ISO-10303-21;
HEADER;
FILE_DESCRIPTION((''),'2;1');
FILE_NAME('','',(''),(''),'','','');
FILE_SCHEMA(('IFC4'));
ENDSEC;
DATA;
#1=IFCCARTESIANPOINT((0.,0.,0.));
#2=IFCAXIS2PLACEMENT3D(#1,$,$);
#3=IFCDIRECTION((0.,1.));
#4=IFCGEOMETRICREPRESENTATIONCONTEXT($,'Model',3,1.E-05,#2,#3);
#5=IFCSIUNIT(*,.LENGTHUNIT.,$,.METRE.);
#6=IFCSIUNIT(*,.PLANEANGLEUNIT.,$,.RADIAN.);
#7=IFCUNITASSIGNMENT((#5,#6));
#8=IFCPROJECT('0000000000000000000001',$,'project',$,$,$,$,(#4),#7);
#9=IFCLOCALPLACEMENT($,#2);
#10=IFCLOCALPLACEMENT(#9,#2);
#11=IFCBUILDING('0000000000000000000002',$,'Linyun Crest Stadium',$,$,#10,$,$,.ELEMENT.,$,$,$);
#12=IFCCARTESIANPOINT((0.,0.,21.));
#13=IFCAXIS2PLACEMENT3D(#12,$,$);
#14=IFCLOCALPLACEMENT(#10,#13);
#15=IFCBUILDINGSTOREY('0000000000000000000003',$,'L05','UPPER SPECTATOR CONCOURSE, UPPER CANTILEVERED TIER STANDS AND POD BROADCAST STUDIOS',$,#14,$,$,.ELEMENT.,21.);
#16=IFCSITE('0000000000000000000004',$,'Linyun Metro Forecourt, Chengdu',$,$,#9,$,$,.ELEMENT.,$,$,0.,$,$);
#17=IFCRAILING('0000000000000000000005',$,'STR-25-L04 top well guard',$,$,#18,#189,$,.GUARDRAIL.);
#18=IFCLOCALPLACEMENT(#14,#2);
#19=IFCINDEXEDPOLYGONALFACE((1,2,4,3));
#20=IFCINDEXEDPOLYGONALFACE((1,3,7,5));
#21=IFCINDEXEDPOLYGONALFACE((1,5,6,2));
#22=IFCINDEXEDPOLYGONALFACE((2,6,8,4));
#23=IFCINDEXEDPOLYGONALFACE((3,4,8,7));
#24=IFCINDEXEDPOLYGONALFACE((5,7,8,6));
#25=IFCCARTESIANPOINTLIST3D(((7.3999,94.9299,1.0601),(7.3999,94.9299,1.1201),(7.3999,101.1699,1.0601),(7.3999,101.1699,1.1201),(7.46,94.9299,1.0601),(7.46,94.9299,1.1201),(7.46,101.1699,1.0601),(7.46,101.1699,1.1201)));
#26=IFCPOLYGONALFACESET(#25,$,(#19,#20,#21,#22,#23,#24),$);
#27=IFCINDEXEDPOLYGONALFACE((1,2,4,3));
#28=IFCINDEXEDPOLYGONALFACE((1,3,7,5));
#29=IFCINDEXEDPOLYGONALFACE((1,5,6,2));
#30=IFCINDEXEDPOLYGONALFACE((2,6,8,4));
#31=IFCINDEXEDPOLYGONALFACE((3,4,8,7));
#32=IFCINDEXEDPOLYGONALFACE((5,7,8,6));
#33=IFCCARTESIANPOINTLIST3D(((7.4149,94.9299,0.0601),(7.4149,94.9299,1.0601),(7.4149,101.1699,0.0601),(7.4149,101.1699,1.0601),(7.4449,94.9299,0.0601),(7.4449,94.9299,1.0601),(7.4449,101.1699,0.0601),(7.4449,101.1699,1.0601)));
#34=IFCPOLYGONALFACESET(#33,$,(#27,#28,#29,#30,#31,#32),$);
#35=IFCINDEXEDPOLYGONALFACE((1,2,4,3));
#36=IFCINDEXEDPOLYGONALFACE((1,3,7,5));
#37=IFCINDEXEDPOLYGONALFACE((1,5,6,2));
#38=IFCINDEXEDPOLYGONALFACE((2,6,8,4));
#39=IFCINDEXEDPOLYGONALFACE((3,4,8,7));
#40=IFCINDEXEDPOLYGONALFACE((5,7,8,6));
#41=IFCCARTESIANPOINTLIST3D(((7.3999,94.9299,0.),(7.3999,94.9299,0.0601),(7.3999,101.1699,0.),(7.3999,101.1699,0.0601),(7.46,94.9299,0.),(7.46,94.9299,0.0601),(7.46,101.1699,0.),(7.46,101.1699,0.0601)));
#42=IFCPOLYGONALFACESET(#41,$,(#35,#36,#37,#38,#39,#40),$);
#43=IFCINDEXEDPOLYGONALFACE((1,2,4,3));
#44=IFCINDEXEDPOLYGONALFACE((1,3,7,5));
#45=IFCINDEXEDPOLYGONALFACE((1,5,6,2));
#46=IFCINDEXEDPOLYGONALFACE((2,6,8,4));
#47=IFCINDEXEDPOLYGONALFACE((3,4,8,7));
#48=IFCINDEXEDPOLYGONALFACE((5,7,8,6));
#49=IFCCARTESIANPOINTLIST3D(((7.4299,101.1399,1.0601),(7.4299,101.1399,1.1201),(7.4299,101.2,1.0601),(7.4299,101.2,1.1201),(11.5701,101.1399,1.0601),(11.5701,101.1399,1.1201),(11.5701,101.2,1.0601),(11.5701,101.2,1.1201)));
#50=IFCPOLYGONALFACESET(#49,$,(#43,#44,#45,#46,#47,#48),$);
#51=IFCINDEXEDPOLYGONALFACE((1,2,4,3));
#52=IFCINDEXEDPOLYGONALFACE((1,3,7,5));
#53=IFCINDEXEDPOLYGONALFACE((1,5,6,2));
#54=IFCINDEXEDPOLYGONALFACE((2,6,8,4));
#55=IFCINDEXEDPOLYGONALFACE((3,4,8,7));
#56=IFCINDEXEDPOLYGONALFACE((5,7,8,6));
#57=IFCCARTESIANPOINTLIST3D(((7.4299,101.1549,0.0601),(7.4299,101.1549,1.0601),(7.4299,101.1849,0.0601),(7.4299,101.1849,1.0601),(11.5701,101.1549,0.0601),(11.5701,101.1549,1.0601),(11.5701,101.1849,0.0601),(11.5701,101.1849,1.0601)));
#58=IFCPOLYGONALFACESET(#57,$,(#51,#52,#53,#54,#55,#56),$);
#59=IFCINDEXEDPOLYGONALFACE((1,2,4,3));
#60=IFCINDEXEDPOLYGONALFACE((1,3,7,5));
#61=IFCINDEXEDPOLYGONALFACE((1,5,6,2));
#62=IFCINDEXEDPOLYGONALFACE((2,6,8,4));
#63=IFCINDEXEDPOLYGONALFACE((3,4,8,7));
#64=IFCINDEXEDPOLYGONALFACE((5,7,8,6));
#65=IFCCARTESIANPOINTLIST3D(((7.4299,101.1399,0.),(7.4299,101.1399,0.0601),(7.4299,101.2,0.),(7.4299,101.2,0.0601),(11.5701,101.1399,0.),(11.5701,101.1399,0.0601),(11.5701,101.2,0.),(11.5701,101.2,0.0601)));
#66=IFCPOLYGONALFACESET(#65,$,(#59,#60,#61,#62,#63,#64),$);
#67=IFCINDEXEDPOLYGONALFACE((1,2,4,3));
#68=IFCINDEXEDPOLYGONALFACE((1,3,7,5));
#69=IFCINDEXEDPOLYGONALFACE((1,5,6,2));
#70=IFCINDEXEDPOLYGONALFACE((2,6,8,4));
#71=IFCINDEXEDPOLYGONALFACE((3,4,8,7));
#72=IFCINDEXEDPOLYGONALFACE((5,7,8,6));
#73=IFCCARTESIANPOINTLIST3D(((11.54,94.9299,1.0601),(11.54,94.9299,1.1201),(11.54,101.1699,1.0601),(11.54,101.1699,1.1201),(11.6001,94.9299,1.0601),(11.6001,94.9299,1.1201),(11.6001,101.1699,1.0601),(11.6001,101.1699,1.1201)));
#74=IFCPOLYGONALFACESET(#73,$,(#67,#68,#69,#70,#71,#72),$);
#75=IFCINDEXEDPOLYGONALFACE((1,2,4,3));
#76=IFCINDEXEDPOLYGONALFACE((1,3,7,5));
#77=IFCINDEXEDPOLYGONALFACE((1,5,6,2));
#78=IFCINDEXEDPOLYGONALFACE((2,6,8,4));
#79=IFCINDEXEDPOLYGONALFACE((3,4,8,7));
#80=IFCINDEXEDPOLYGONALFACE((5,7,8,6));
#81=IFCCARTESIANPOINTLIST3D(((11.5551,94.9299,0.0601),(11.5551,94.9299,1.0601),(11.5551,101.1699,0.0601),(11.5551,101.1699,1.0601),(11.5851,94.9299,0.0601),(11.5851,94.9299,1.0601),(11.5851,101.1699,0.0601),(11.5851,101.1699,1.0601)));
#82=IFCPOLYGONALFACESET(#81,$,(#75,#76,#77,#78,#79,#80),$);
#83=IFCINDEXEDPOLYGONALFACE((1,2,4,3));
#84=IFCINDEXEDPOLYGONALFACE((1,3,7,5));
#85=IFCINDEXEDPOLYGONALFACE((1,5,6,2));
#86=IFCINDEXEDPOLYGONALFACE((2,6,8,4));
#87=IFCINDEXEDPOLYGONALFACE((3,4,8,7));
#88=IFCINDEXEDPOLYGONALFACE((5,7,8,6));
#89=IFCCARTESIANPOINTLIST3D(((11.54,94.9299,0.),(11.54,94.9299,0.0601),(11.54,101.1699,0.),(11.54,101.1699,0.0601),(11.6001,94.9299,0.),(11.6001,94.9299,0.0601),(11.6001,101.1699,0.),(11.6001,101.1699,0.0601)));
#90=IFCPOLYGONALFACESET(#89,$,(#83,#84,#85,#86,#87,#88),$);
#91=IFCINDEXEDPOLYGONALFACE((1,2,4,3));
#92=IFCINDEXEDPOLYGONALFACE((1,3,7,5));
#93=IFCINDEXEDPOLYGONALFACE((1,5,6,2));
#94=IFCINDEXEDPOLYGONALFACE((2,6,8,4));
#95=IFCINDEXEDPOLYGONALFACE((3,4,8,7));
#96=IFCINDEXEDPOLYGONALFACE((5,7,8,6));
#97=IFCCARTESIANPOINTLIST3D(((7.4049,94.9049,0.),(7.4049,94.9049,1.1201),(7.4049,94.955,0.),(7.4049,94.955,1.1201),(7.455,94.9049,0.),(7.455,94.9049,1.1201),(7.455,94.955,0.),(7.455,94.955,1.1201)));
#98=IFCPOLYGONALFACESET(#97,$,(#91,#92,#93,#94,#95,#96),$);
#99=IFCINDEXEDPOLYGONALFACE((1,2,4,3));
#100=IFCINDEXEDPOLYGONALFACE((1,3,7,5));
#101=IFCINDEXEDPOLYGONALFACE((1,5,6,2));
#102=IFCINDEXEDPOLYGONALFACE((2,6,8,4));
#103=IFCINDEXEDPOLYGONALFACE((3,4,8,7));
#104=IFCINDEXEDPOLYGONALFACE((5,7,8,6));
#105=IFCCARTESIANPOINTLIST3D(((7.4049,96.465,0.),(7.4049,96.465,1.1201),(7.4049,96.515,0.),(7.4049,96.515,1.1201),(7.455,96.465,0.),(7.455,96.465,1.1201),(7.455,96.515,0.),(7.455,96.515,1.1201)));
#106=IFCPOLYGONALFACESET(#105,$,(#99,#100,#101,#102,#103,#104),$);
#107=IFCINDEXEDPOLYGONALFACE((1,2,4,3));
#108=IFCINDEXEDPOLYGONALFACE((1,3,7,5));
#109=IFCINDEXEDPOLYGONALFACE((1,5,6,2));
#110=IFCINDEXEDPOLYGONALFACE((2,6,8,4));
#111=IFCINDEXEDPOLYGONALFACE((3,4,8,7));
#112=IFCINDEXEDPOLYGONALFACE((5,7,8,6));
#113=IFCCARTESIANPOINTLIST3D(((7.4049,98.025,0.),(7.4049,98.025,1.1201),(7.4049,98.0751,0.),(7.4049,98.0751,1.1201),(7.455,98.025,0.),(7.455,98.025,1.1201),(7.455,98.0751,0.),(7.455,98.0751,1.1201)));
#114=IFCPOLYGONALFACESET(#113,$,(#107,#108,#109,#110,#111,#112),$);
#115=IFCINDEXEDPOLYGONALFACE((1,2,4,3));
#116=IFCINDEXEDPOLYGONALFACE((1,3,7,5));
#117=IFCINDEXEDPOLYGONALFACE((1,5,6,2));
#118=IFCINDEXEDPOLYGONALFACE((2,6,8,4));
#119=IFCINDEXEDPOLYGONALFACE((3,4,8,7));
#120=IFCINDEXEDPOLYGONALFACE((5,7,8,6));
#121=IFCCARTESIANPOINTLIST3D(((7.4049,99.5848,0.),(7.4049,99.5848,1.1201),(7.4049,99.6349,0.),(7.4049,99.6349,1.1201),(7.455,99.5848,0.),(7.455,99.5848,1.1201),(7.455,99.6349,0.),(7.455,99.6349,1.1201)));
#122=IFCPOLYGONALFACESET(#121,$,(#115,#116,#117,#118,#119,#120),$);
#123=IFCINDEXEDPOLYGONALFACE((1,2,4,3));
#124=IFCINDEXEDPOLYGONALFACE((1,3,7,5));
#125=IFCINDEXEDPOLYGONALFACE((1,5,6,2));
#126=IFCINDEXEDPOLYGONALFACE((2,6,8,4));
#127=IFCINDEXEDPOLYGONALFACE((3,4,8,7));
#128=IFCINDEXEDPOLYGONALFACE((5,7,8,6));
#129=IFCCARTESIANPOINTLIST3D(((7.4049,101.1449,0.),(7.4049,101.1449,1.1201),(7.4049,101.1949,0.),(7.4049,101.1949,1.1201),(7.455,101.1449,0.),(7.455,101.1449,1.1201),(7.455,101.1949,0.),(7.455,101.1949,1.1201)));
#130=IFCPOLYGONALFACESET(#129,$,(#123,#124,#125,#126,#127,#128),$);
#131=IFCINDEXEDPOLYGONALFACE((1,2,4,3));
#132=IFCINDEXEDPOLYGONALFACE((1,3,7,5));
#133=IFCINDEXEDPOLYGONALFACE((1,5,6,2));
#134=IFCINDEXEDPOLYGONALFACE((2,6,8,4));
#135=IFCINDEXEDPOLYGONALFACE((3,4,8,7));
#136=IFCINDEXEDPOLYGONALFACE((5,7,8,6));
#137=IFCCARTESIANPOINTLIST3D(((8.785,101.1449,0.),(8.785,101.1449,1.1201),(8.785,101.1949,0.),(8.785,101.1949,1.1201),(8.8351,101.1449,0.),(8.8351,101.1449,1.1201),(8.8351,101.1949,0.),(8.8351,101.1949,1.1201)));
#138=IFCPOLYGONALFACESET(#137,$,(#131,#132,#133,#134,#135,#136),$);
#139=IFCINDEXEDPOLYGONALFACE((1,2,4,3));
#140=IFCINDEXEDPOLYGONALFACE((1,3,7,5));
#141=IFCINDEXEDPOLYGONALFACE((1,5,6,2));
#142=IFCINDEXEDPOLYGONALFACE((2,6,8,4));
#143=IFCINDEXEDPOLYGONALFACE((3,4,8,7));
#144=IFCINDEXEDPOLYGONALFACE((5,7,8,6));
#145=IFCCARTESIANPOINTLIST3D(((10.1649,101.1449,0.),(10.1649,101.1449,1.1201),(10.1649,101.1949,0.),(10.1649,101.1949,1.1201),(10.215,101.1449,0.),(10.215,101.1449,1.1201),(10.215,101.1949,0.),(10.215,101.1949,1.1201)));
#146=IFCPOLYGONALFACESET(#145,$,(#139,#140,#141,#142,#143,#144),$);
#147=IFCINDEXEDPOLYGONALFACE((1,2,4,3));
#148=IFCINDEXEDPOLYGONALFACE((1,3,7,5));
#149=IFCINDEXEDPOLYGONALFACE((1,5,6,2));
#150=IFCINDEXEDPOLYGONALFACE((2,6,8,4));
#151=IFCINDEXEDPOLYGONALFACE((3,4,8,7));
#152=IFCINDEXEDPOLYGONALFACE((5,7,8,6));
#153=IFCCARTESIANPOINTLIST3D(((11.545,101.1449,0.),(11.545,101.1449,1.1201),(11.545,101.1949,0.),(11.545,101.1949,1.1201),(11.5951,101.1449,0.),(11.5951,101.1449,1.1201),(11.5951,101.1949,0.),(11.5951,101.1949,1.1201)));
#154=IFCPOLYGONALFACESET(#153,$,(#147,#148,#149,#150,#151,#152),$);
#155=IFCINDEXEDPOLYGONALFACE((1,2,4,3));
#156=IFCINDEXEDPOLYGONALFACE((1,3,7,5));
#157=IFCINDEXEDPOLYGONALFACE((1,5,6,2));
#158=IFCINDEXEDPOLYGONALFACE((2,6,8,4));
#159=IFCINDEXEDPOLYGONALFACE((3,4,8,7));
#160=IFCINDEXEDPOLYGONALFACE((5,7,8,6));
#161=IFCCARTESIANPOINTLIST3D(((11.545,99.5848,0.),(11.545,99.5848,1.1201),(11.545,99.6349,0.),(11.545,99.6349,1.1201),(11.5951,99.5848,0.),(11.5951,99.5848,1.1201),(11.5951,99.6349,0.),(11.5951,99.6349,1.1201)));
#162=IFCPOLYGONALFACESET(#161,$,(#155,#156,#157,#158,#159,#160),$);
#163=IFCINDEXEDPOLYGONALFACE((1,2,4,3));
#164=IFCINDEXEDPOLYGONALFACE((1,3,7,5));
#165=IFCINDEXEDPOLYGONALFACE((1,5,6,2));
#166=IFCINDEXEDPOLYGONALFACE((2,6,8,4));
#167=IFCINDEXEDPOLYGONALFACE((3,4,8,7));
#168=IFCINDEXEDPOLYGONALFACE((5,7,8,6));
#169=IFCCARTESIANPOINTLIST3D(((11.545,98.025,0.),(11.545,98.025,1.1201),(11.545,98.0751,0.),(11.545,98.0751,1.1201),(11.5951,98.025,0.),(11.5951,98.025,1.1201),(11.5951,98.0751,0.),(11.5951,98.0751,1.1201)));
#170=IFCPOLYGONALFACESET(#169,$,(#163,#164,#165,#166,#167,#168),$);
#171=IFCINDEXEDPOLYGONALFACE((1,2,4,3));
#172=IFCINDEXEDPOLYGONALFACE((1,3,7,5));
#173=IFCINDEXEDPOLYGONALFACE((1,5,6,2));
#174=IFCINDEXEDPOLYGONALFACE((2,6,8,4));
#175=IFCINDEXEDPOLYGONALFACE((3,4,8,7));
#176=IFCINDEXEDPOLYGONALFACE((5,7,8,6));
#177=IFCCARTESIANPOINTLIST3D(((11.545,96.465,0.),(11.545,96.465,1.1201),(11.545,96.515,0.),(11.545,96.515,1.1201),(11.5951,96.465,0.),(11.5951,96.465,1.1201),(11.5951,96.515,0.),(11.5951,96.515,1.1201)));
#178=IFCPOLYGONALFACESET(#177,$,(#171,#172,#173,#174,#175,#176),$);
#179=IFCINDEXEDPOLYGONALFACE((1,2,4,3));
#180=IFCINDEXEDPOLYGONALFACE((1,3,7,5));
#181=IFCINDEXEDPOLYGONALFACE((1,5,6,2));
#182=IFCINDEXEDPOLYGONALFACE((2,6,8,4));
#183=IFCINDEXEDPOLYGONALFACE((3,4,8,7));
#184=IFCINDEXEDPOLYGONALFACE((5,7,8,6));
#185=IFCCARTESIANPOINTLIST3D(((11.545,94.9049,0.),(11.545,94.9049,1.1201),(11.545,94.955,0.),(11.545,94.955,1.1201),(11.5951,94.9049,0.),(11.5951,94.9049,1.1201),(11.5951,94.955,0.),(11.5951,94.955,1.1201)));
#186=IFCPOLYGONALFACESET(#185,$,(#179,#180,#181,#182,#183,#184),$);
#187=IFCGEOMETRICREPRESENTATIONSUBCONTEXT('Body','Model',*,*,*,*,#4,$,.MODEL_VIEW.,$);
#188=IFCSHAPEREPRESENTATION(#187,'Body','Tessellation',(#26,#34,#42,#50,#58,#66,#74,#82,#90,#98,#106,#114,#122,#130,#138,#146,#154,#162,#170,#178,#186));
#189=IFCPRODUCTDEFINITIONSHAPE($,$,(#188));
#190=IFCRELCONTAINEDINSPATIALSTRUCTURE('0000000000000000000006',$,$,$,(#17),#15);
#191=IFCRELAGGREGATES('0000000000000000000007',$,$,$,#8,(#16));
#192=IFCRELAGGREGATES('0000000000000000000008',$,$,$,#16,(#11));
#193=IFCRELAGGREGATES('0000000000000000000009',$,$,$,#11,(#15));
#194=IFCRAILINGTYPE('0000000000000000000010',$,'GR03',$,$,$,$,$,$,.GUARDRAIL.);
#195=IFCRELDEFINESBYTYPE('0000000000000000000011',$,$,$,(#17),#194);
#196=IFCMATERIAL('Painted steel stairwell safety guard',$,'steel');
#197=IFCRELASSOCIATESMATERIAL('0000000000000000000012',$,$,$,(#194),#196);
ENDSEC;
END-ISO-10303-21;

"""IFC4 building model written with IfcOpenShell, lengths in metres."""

from ifc_helpers import new_model, si_unit, direction, frame, origin, origin_2d, place, context, subcontext, project, spatial, rectangle, extrude, material, type_object, element, save


model = new_model("IFC4")

# Units and contexts
model_context = context("Model", 3, precision=1e-05, world=origin(), true_north=direction((0.0, 1.0)))
body_context = subcontext(model_context, "Body", "Model", "MODEL_VIEW")
ifc_project = project(units=[si_unit("LENGTHUNIT", "METRE"), si_unit("PLANEANGLEUNIT", "RADIAN")], contexts=[model_context])

# Site, building, storey
site_placement = place(None, origin())
site = spatial("IfcSite", under=ifc_project, at=site_placement, Name="Linyun Metro Forecourt, Chengdu", CompositionType="ELEMENT", RefElevation=0.0)
building_placement = place(site_placement, origin())
building = spatial("IfcBuilding", under=site, at=building_placement, Name="Linyun Crest Stadium", CompositionType="ELEMENT")
storey_placement = place(building_placement, frame((0.0, 0.0, 21.0)))
storey = spatial("IfcBuildingStorey", under=building, at=storey_placement, Name="L05", Description="UPPER SPECTATOR CONCOURSE, UPPER CANTILEVERED TIER STANDS AND POD BROADCAST STUDIOS", CompositionType="ELEMENT", Elevation=21.0)

# Railing
ifc_material_1 = material(Name="Painted steel stairwell safety guard", Category="steel")
railing_type_1 = type_object("IfcRailingType", Name="GR03", PredefinedType="GUARDRAIL", material=ifc_material_1)
railing_1_placement = place(storey_placement, frame((7.4299, 94.9299, 0.0)))
element("IfcRailing", 1, at=railing_1_placement, inside=storey, type_object=railing_type_1, Name="STR-25-L04 top well guard", PredefinedType="GUARDRAIL", context=body_context, shape_type="SweptSolid", body=[
    extrude(rectangle(XDim=0.0601, YDim=0.0601, at=origin_2d()), frame((0.0, 0.0, 1.0901), z_axis=(0.0, 1.0, 0.0), x_axis=(-1.0, 0.0, 0.0)), (0.0, 0.0, 1.0), 6.24),
    extrude(rectangle(XDim=0.03, YDim=1.0, at=origin_2d()), frame((0.0, 0.0, 0.5601), z_axis=(0.0, 1.0, 0.0), x_axis=(-1.0, 0.0, 0.0)), (0.0, 0.0, 1.0), 6.24),
    extrude(rectangle(XDim=0.0601, YDim=0.0601, at=origin_2d()), frame((0.0, 0.0, 0.03), z_axis=(0.0, 1.0, 0.0), x_axis=(-1.0, 0.0, 0.0)), (0.0, 0.0, 1.0), 6.24),
    extrude(rectangle(XDim=0.0601, YDim=0.0601, at=origin_2d()), frame((0.0, 6.24, 1.0901), z_axis=(1.0, 0.0, 0.0), x_axis=(0.0, 1.0, 0.0)), (0.0, 0.0, 1.0), 4.1401),
    extrude(rectangle(XDim=0.03, YDim=1.0, at=origin_2d()), frame((0.0, 6.24, 0.5601), z_axis=(1.0, 0.0, 0.0), x_axis=(0.0, 1.0, 0.0)), (0.0, 0.0, 1.0), 4.1401),
    extrude(rectangle(XDim=0.0601, YDim=0.0601, at=origin_2d()), frame((0.0, 6.24, 0.03), z_axis=(1.0, 0.0, 0.0), x_axis=(0.0, 1.0, 0.0)), (0.0, 0.0, 1.0), 4.1401),
    extrude(rectangle(XDim=0.0601, YDim=0.0601, at=origin_2d()), frame((4.1401, 6.24, 1.0901), z_axis=(0.0, -1.0, 0.0), x_axis=(1.0, 0.0, 0.0)), (0.0, 0.0, 1.0), 6.24),
    extrude(rectangle(XDim=0.03, YDim=1.0, at=origin_2d()), frame((4.1401, 6.24, 0.5601), z_axis=(0.0, -1.0, 0.0), x_axis=(1.0, 0.0, 0.0)), (0.0, 0.0, 1.0), 6.24),
    extrude(rectangle(XDim=0.0601, YDim=0.0601, at=origin_2d()), frame((4.1401, 6.24, 0.03), z_axis=(0.0, -1.0, 0.0), x_axis=(1.0, 0.0, 0.0)), (0.0, 0.0, 1.0), 6.24),
    extrude(rectangle(XDim=0.05, YDim=0.05, at=origin_2d()), origin(), (0.0, 0.0, 1.0), 1.1201),
    extrude(rectangle(XDim=0.05, YDim=0.05, at=origin_2d()), frame((0.0, 1.5601, 0.0)), (0.0, 0.0, 1.0), 1.1201),
    extrude(rectangle(XDim=0.05, YDim=0.05, at=origin_2d()), frame((0.0, 3.1201, 0.0)), (0.0, 0.0, 1.0), 1.1201),
    extrude(rectangle(XDim=0.05, YDim=0.05, at=origin_2d()), frame((0.0, 4.6799, 0.0)), (0.0, 0.0, 1.0), 1.1201),
    extrude(rectangle(XDim=0.05, YDim=0.05, at=origin_2d()), frame((0.0, 6.24, 0.0)), (0.0, 0.0, 1.0), 1.1201),
    extrude(rectangle(XDim=0.05, YDim=0.05, at=origin_2d()), frame((1.3801, 6.24, 0.0)), (0.0, 0.0, 1.0), 1.1201),
    extrude(rectangle(XDim=0.05, YDim=0.05, at=origin_2d()), frame((2.76, 6.24, 0.0)), (0.0, 0.0, 1.0), 1.1201),
    extrude(rectangle(XDim=0.05, YDim=0.05, at=origin_2d()), frame((4.1401, 6.24, 0.0)), (0.0, 0.0, 1.0), 1.1201),
    extrude(rectangle(XDim=0.05, YDim=0.05, at=origin_2d()), frame((4.1401, 4.6799, 0.0)), (0.0, 0.0, 1.0), 1.1201),
    extrude(rectangle(XDim=0.05, YDim=0.05, at=origin_2d()), frame((4.1401, 3.1201, 0.0)), (0.0, 0.0, 1.0), 1.1201),
    extrude(rectangle(XDim=0.05, YDim=0.05, at=origin_2d()), frame((4.1401, 1.5601, 0.0)), (0.0, 0.0, 1.0), 1.1201),
    extrude(rectangle(XDim=0.05, YDim=0.05, at=origin_2d()), frame((4.1401, 0.0, 0.0)), (0.0, 0.0, 1.0), 1.1201),
])

save(model, "model.ifc")
